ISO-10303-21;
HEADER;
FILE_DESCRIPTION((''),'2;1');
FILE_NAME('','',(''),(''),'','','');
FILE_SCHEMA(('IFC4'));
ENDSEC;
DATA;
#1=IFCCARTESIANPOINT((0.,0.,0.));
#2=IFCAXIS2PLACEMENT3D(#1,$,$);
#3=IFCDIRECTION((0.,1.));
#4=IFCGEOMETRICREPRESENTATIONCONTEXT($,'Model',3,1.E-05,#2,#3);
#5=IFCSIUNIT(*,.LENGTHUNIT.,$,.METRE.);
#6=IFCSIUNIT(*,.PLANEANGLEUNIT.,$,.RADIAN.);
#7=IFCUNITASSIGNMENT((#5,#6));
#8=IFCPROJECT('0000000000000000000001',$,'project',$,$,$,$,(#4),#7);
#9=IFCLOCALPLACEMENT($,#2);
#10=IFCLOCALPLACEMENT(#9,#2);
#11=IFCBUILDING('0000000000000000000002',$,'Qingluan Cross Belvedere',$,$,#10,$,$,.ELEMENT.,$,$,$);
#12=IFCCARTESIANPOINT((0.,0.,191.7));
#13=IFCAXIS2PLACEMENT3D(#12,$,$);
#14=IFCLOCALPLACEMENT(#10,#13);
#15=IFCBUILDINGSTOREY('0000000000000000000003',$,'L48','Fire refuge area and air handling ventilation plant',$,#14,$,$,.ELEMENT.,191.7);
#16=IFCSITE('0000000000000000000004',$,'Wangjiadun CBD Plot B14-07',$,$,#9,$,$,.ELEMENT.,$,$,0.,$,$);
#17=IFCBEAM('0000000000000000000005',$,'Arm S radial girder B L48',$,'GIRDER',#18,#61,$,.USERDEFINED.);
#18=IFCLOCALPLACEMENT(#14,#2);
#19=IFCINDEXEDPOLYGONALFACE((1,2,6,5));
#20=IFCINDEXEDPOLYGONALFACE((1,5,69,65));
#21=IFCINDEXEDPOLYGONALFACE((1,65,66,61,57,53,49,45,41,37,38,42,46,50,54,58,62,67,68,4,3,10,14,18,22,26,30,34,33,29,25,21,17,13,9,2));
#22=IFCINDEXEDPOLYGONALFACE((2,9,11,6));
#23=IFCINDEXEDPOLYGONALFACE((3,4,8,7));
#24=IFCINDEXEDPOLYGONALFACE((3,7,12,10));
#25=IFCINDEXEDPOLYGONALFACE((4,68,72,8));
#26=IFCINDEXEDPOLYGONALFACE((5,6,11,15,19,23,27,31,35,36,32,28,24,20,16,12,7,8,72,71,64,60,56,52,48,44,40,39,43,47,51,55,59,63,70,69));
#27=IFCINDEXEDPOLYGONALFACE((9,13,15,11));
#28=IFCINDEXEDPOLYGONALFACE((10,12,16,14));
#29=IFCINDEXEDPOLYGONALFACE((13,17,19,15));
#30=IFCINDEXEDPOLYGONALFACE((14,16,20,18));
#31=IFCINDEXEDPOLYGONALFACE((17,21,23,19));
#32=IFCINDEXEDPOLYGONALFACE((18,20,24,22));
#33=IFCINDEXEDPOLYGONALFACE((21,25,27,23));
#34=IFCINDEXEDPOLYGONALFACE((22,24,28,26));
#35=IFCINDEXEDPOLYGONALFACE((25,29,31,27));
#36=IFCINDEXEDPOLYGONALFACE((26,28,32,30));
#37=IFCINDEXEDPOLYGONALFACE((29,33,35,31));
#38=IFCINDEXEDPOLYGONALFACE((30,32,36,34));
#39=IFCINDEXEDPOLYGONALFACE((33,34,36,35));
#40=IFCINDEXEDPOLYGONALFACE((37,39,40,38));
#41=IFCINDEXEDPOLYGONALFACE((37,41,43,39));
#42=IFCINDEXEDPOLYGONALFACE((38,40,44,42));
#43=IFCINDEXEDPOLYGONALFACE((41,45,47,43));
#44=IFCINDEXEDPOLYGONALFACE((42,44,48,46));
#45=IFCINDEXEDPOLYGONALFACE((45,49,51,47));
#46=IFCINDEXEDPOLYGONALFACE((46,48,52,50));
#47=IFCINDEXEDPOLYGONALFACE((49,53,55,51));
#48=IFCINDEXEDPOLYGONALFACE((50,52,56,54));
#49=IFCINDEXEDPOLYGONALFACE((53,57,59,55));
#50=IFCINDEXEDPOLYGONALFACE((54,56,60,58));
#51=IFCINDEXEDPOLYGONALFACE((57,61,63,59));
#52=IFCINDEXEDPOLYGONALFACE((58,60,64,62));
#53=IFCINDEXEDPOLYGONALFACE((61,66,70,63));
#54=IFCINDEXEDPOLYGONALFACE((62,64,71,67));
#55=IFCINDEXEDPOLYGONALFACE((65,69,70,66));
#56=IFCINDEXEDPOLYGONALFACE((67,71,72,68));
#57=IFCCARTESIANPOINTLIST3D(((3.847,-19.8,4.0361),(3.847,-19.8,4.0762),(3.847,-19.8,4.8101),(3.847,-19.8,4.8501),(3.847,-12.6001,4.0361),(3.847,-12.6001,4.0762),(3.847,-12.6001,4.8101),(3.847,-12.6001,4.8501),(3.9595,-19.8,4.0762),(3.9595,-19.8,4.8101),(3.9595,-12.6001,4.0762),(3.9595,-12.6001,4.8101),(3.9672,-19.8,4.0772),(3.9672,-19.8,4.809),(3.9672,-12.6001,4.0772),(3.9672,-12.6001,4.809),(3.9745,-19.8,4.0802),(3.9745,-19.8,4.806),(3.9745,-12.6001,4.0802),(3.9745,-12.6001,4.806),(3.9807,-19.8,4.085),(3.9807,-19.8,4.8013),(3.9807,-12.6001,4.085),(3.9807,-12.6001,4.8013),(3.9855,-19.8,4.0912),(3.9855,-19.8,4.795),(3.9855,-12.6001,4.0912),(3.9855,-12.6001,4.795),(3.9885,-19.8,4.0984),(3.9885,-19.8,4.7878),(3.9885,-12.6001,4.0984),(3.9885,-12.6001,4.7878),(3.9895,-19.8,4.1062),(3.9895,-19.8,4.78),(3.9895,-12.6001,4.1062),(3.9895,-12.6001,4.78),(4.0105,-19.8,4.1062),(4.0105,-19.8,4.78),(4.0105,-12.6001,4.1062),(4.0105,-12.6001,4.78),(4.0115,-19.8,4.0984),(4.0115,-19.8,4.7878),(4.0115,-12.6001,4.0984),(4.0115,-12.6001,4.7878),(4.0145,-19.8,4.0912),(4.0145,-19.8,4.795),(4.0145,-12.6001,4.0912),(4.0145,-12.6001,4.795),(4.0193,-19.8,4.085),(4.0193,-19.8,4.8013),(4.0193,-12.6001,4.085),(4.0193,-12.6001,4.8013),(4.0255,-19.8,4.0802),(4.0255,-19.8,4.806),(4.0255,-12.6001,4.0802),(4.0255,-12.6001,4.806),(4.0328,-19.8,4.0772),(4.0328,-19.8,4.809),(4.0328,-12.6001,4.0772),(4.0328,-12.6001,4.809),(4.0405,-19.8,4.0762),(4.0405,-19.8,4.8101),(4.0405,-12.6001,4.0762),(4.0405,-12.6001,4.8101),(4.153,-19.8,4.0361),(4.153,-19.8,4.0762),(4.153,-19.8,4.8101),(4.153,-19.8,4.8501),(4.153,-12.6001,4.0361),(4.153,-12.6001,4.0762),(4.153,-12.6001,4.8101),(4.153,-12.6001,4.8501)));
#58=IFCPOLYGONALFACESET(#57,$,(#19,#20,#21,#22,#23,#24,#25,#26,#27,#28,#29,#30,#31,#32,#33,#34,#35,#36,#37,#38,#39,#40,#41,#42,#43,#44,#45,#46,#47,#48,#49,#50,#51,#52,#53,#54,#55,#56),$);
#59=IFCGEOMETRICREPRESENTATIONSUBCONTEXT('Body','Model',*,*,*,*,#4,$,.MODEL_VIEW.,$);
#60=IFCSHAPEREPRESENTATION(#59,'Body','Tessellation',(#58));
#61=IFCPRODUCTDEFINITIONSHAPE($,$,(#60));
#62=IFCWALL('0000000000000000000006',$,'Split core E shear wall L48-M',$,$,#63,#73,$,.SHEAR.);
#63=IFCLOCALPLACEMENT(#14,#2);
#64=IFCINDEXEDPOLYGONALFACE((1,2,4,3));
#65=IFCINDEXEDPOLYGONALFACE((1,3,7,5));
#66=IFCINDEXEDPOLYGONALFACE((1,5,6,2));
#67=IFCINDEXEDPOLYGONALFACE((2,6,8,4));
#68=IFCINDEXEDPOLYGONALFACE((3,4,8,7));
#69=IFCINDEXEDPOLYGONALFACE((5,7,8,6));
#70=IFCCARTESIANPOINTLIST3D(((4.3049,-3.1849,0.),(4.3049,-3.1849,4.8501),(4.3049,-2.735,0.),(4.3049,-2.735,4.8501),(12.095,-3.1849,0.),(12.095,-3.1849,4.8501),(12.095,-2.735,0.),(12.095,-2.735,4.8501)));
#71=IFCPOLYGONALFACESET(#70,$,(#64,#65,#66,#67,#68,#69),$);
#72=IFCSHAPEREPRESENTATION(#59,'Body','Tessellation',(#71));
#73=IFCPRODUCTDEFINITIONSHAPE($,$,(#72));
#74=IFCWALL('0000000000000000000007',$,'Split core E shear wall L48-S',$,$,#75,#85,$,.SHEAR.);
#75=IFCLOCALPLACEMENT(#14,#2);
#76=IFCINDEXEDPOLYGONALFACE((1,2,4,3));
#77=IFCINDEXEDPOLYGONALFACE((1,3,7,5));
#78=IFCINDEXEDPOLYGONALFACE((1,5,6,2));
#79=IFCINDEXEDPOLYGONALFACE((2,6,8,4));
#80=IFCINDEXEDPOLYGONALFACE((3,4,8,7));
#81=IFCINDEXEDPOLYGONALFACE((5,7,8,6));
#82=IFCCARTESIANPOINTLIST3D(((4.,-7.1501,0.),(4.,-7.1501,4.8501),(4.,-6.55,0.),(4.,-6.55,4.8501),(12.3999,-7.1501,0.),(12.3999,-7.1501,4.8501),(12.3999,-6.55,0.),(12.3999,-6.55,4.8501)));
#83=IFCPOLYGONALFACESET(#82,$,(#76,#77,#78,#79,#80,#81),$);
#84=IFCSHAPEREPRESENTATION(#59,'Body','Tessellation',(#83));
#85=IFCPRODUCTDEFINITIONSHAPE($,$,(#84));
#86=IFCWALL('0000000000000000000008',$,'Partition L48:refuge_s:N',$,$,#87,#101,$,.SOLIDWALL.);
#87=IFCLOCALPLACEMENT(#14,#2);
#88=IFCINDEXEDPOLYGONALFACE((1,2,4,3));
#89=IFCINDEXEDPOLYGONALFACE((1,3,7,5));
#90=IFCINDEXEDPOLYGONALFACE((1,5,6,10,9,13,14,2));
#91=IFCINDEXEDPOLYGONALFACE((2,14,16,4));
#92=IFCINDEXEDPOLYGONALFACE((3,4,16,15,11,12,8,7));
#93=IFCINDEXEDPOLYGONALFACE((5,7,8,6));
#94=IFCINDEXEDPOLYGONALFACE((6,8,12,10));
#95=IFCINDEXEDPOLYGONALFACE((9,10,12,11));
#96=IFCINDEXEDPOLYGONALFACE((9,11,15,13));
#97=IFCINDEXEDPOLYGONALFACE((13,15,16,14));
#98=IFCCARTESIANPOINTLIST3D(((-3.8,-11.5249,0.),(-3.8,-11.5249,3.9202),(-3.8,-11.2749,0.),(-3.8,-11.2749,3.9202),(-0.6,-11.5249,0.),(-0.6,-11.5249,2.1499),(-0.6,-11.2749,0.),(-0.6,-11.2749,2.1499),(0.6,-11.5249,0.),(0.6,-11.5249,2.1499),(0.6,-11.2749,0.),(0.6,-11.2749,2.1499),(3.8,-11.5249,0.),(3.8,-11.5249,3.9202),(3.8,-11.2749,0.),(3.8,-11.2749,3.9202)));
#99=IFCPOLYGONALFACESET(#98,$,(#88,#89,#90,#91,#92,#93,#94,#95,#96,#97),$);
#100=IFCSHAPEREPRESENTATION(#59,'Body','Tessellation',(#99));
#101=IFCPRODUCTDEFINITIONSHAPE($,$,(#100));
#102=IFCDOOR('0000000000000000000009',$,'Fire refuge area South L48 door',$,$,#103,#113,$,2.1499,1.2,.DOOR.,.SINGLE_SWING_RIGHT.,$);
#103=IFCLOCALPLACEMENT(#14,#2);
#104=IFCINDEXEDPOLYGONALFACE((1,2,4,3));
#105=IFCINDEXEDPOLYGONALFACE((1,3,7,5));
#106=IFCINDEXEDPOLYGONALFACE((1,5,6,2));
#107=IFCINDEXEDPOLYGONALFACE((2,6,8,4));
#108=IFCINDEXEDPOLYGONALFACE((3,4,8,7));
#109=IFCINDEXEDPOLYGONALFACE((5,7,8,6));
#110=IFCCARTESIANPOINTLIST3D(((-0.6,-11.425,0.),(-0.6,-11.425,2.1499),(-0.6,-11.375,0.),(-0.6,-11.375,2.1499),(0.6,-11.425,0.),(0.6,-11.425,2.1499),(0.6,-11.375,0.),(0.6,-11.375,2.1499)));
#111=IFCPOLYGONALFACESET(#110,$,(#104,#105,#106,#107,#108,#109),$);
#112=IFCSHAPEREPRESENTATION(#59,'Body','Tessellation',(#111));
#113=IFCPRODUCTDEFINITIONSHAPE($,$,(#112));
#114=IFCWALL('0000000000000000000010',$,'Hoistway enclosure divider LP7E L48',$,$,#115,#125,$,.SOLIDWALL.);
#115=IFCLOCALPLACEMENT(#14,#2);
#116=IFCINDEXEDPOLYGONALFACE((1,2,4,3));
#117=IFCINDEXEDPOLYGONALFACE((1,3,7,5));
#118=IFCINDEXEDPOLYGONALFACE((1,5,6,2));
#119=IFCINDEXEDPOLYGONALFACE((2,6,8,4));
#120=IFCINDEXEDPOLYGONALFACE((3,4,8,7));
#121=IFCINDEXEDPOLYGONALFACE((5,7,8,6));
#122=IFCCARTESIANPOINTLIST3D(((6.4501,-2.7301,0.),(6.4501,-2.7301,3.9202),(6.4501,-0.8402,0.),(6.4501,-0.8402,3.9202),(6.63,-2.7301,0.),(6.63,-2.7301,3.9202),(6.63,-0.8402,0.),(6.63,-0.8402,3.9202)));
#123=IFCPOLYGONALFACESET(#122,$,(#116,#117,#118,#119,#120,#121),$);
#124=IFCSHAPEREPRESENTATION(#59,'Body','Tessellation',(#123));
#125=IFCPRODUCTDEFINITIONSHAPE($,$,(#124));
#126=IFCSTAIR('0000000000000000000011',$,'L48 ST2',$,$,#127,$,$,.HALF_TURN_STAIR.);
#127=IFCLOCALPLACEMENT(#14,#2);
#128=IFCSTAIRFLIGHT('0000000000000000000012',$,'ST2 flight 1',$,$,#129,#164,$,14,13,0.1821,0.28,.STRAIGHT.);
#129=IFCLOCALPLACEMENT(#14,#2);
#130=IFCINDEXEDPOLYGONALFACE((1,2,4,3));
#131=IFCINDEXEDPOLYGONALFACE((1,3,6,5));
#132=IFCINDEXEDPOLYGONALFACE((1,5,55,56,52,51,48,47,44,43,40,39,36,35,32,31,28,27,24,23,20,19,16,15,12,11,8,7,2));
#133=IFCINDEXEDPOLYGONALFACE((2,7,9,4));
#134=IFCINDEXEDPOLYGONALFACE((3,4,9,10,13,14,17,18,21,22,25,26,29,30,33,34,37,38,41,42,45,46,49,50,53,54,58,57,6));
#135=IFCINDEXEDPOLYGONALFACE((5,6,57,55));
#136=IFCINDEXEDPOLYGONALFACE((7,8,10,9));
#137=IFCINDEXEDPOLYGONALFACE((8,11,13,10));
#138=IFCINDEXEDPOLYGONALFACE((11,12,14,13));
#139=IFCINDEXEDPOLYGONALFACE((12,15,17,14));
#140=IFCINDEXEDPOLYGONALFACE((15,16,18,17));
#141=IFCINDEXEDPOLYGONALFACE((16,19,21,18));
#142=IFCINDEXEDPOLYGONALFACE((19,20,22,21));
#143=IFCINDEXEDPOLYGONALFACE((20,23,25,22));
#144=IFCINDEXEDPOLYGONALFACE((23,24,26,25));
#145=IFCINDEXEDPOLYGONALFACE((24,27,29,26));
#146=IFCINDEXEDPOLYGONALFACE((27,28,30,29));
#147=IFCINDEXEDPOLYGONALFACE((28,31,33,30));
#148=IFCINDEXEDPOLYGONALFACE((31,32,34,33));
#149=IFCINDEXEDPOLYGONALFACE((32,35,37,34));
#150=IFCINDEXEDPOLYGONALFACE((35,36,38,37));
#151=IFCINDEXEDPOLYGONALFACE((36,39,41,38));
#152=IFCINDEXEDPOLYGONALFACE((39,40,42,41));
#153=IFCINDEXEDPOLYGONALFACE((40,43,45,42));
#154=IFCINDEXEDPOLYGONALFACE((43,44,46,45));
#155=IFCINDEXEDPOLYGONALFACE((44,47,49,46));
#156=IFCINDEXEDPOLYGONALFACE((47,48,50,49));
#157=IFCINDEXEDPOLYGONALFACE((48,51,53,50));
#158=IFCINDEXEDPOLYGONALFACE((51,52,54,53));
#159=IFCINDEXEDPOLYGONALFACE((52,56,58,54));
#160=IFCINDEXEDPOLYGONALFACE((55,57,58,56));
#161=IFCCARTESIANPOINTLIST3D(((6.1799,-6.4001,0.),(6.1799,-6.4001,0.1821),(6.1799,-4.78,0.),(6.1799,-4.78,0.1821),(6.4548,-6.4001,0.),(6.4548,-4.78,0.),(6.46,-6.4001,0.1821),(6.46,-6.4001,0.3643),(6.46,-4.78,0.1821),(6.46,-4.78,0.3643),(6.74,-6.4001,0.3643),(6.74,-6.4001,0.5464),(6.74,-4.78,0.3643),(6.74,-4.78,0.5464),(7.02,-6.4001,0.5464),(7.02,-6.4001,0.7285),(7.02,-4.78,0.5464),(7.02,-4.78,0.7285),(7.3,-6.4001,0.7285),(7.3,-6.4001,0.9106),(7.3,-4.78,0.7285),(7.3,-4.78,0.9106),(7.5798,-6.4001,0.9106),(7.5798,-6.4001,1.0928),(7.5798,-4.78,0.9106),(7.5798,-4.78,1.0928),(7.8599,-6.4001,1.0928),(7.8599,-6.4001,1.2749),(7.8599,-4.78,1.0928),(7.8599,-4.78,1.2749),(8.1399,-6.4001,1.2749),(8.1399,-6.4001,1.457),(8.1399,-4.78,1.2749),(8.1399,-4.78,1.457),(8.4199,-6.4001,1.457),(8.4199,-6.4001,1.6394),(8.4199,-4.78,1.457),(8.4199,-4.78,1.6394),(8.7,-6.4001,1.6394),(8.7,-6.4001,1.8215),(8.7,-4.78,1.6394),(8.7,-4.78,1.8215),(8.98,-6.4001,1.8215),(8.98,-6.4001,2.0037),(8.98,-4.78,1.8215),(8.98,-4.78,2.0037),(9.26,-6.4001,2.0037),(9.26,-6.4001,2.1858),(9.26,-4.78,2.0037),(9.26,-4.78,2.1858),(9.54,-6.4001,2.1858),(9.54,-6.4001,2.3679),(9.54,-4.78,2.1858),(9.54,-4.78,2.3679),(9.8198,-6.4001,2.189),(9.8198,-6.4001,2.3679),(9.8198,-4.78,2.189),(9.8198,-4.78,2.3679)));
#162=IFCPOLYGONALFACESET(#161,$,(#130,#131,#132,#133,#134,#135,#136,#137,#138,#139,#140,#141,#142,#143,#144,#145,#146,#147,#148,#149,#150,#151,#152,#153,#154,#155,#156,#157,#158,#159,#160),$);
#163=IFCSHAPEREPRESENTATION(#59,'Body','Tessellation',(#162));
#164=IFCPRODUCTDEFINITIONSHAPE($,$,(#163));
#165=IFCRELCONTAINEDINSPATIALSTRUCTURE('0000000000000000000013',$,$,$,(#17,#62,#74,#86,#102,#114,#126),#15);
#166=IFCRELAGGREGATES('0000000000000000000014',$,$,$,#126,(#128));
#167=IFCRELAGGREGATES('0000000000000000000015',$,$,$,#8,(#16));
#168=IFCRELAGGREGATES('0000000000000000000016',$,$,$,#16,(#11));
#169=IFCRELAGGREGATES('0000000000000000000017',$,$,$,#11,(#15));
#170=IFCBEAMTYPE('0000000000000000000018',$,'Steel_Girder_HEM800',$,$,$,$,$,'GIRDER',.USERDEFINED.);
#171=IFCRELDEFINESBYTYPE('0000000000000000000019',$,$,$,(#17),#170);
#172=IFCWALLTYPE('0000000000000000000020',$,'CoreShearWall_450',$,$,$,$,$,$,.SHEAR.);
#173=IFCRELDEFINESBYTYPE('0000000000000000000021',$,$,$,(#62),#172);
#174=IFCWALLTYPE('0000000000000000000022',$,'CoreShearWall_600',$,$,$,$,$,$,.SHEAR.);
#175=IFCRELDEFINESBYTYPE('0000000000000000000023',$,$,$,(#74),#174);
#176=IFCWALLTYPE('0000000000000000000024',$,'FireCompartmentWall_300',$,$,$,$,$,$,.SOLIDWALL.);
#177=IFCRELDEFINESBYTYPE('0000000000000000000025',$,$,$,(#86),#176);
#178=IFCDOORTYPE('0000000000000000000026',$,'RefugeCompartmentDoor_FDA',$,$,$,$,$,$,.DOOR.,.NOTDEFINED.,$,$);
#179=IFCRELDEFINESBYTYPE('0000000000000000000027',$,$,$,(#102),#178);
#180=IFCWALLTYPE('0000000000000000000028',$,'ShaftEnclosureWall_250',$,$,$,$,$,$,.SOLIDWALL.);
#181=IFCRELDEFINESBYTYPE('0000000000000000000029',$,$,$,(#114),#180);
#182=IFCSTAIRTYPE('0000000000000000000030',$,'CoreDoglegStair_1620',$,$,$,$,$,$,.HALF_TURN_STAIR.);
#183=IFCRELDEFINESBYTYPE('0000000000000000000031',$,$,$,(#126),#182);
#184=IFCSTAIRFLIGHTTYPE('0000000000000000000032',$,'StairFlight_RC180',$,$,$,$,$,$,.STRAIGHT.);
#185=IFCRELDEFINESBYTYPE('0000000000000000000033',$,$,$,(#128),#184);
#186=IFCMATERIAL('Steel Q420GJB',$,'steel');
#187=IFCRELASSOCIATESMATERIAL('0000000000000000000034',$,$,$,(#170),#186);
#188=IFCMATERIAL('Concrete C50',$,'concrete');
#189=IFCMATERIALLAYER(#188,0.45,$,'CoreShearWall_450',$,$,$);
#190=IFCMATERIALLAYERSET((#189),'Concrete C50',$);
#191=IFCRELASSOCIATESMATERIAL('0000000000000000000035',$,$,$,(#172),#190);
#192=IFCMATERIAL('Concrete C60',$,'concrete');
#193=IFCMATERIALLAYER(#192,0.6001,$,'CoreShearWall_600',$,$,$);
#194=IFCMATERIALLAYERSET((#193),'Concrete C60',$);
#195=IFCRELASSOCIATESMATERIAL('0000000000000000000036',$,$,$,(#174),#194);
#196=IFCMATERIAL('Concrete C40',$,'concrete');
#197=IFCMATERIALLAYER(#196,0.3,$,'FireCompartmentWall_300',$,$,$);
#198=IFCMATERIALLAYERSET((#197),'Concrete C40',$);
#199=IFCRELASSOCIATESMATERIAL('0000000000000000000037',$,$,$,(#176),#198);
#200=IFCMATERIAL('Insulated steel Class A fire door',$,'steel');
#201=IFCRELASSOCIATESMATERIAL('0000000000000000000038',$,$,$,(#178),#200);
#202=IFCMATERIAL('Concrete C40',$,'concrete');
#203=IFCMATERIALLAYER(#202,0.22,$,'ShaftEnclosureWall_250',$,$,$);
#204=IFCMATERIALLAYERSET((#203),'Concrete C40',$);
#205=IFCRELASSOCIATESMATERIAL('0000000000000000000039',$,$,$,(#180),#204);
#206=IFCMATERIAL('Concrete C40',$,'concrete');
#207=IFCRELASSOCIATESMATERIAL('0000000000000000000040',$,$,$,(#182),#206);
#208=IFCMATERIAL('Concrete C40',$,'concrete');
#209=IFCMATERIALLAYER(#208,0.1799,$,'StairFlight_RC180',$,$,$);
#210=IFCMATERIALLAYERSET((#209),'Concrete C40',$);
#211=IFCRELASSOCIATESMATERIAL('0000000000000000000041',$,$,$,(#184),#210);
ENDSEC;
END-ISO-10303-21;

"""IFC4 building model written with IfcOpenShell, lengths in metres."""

from ifc_helpers import new_model, si_unit, direction, frame, frame_2d, origin, origin_2d, place, context, subcontext, project, spatial, polyline, rectangle, i_section, outline, extrude, material, layer, layer_set, material_profile, profile_set, type_object, element, fill, aggregate, save


model = new_model("IFC4")

# Units and contexts
model_context = context("Model", 3, precision=1e-05, world=origin(), true_north=direction((0.0, 1.0)))
body_context = subcontext(model_context, "Body", "Model", "MODEL_VIEW")
ifc_project = project(units=[si_unit("LENGTHUNIT", "METRE"), si_unit("PLANEANGLEUNIT", "RADIAN")], contexts=[model_context])

# Site, building, storey
site_placement = place(None, origin())
site = spatial("IfcSite", under=ifc_project, at=site_placement, Name="Wangjiadun CBD Plot B14-07", CompositionType="ELEMENT", RefElevation=0.0)
building_placement = place(site_placement, origin())
building = spatial("IfcBuilding", under=site, at=building_placement, Name="Qingluan Cross Belvedere", CompositionType="ELEMENT")
storey_placement = place(building_placement, frame((0.0, 0.0, 191.7)))
storey = spatial("IfcBuildingStorey", under=building, at=storey_placement, Name="L48", Description="Fire refuge area and air handling ventilation plant", CompositionType="ELEMENT", Elevation=191.7)

# Beam
ifc_material_1 = material(Name="Steel Q420GJB", Category="steel")
ifc_material_profile_1 = material_profile(ifc_material_1, i_section(OverallWidth=0.3059, OverallDepth=0.814, WebThickness=0.021, FlangeThickness=0.04, FilletRadius=0.03, at=origin_2d()), Name="HEM800")
ifc_profile_set_1 = profile_set([ifc_material_profile_1], Name="Steel Q420GJB")
beam_type_1 = type_object("IfcBeamType", Name="Steel_Girder_HEM800", ElementType="GIRDER", PredefinedType="USERDEFINED", material=ifc_profile_set_1)
for number, where, z_axis, x_axis, name in (
    (1, (4.0, -12.6001, 4.4431), (0.0, -1.0, 0.0), (1.0, 0.0, 0.0), "Arm S radial girder B L48"),
):
    element("IfcBeam", number, at=place(storey_placement, frame(where, z_axis=z_axis, x_axis=x_axis)), inside=storey, type_object=beam_type_1, Name=name, ObjectType="GIRDER", PredefinedType="USERDEFINED", context=body_context, shape_type="SweptSolid", body=[
        extrude(i_section(OverallWidth=0.3059, OverallDepth=0.814, WebThickness=0.021, FlangeThickness=0.04, FilletRadius=0.03, at=origin_2d()), origin(), (0.0, 0.0, 1.0), 7.2),
    ])

# Wall
ifc_material_2 = material(Name="Concrete C50", Category="concrete")
ifc_layer_1 = layer(ifc_material_2, 0.45, Name="CoreShearWall_450")
ifc_layer_set_1 = layer_set([ifc_layer_1], Name="Concrete C50")
wall_type_1 = type_object("IfcWallType", Name="CoreShearWall_450", PredefinedType="SHEAR", material=ifc_layer_set_1)
wall_1_placement = place(storey_placement, frame((4.3049, -2.96, 0.0), z_axis=(0.0, 0.0, 1.0), x_axis=(1.0, 0.0, 0.0)))
element("IfcWall", 2, at=wall_1_placement, inside=storey, type_object=wall_type_1, Name="Split core E shear wall L48-M", PredefinedType="SHEAR", context=body_context, shape_type="SweptSolid", body=[
    extrude(rectangle(XDim=7.79, YDim=0.45, at=frame_2d((3.895, 0.0))), origin(), (0.0, 0.0, 1.0), 4.8501),
])

# Shared definitions
ifc_material_3 = material(Name="Concrete C60", Category="concrete")
ifc_layer_2 = layer(ifc_material_3, 0.6001, Name="CoreShearWall_600")
ifc_layer_set_2 = layer_set([ifc_layer_2], Name="Concrete C60")
wall_type_2 = type_object("IfcWallType", Name="CoreShearWall_600", PredefinedType="SHEAR", material=ifc_layer_set_2)

# Wall
wall_2_placement = place(storey_placement, frame((4.0, -6.8501, 0.0), z_axis=(0.0, 0.0, 1.0), x_axis=(1.0, 0.0, 0.0)))
element("IfcWall", 3, at=wall_2_placement, inside=storey, type_object=wall_type_2, Name="Split core E shear wall L48-S", PredefinedType="SHEAR", context=body_context, shape_type="SweptSolid", body=[
    extrude(rectangle(XDim=8.3999, YDim=0.6001, at=frame_2d((4.2, 0.0))), origin(), (0.0, 0.0, 1.0), 4.8501),
])

# Wall, opening, door
ifc_material_4 = material(Name="Concrete C40", Category="concrete")
ifc_layer_3 = layer(ifc_material_4, 0.3, Name="FireCompartmentWall_300")
ifc_layer_set_3 = layer_set([ifc_layer_3], Name="Concrete C40")
wall_type_3 = type_object("IfcWallType", Name="FireCompartmentWall_300", PredefinedType="SOLIDWALL", material=ifc_layer_set_3)
wall_3_placement = place(storey_placement, frame((-3.8, -11.3999, 0.0), z_axis=(0.0, 0.0, 1.0), x_axis=(1.0, 0.0, 0.0)))
wall_3 = element("IfcWall", 4, at=wall_3_placement, inside=storey, type_object=wall_type_3, Name="Partition L48:refuge_s:N", PredefinedType="SOLIDWALL", context=body_context, shape_type="SweptSolid", body=[
    extrude(rectangle(XDim=7.6001, YDim=0.25, at=frame_2d((3.8, 0.0))), origin(), (0.0, 0.0, 1.0), 3.9202),
])
opening_1_placement = place(wall_3_placement, frame((3.2, 0.0, 0.0)))
opening_1 = element("IfcOpeningElement", 5, at=opening_1_placement, cuts=wall_3, PredefinedType="OPENING", context=body_context, shape_type="SweptSolid", body=[
    extrude(rectangle(XDim=1.2, YDim=2.1499, at=frame_2d((0.6001, 1.075))), frame((0.0, 0.135, 0.0), z_axis=(0.0, -1.0, 0.0), x_axis=(1.0, 0.0, 0.0)), (0.0, 0.0, 1.0), 0.27),
])
ifc_material_5 = material(Name="Insulated steel Class A fire door", Category="steel")
door_type_1 = type_object("IfcDoorType", Name="RefugeCompartmentDoor_FDA", OperationType="NOTDEFINED", PredefinedType="DOOR", material=ifc_material_5)
door_1_placement = place(opening_1_placement, origin())
door_1 = element("IfcDoor", 6, at=door_1_placement, inside=storey, type_object=door_type_1, Name="Fire refuge area South L48 door", OperationType="SINGLE_SWING_RIGHT", OverallHeight=2.1499, OverallWidth=1.2, PredefinedType="DOOR", context=body_context, shape_type="SweptSolid", body=[
    extrude(rectangle(XDim=1.2, YDim=2.1499, at=frame_2d((0.6001, 1.075))), frame((0.0, 0.0249, 0.0), z_axis=(0.0, -1.0, 0.0), x_axis=(1.0, 0.0, 0.0)), (0.0, 0.0, 1.0), 0.05),
])
fill(opening_1, door_1)

# Wall
ifc_material_6 = material(Name="Concrete C40", Category="concrete")
ifc_layer_4 = layer(ifc_material_6, 0.22, Name="ShaftEnclosureWall_250")
ifc_layer_set_4 = layer_set([ifc_layer_4], Name="Concrete C40")
wall_type_4 = type_object("IfcWallType", Name="ShaftEnclosureWall_250", PredefinedType="SOLIDWALL", material=ifc_layer_set_4)
wall_4_placement = place(storey_placement, frame((6.54, -2.73, 0.0), z_axis=(0.0, 0.0, 1.0), x_axis=(0.0, 1.0, 0.0)))
element("IfcWall", 7, at=wall_4_placement, inside=storey, type_object=wall_type_4, Name="Hoistway enclosure divider LP7E L48", PredefinedType="SOLIDWALL", context=body_context, shape_type="SweptSolid", body=[
    extrude(rectangle(XDim=1.8899, YDim=0.1799, at=frame_2d((0.9448, 0.0))), origin(), (0.0, 0.0, 1.0), 3.9202),
])

# Stair, stair flight
ifc_material_7 = material(Name="Concrete C40", Category="concrete")
stair_type = type_object("IfcStairType", Name="CoreDoglegStair_1620", PredefinedType="HALF_TURN_STAIR", material=ifc_material_7)
stair_placement = place(storey_placement, origin())
stair = element("IfcStair", 8, at=stair_placement, inside=storey, type_object=stair_type, Name="L48 ST2", PredefinedType="HALF_TURN_STAIR")
ifc_material_8 = material(Name="Concrete C40", Category="concrete")
ifc_layer_5 = layer(ifc_material_8, 0.1799, Name="StairFlight_RC180")
ifc_layer_set_5 = layer_set([ifc_layer_5], Name="Concrete C40")
stair_flight_type = type_object("IfcStairFlightType", Name="StairFlight_RC180", PredefinedType="STRAIGHT", material=ifc_layer_set_5)
stair_flight_placement = place(storey_placement, frame((6.1799, -5.5901, 0.0), z_axis=(0.0, 0.0, 1.0), x_axis=(1.0, 0.0, 0.0)))
stair_flight = element("IfcStairFlight", 9, at=stair_flight_placement, type_object=stair_flight_type, Name="ST2 flight 1", NumberOfRisers=14, NumberOfTreads=13, PredefinedType="STRAIGHT", RiserHeight=0.1821, TreadLength=0.28, context=body_context, shape_type="SweptSolid", body=[
    extrude(outline(polyline([(0.0, 0.0), (0.0, 0.1821), (0.28, 0.1821), (0.28, 0.3643), (0.5601, 0.3643), (0.5601, 0.5464), (0.8401, 0.5464), (0.8401, 0.7285), (1.1201, 0.7285), (1.1201, 0.9106), (1.3999, 0.9106), (1.3999, 1.0928), (1.6799, 1.0928), (1.6799, 1.2749), (1.96, 1.2749), (1.96, 1.457), (2.24, 1.457), (2.24, 1.6394), (2.52, 1.6394), (2.52, 1.8215), (2.8, 1.8215), (2.8, 2.0037), (3.0801, 2.0037), (3.0801, 2.1858), (3.3601, 2.1858), (3.3601, 2.3679), (3.6399, 2.3679), (3.6399, 2.55), (3.6399, 2.189), (0.2749, 0.0), (0.0, 0.0)])), frame((0.0, 0.8101, 0.0), z_axis=(0.0, -1.0, 0.0), x_axis=(1.0, 0.0, 0.0)), (0.0, 0.0, 1.0), 1.6201),
])
aggregate(stair, [stair_flight])

save(model, "model.ifc")
